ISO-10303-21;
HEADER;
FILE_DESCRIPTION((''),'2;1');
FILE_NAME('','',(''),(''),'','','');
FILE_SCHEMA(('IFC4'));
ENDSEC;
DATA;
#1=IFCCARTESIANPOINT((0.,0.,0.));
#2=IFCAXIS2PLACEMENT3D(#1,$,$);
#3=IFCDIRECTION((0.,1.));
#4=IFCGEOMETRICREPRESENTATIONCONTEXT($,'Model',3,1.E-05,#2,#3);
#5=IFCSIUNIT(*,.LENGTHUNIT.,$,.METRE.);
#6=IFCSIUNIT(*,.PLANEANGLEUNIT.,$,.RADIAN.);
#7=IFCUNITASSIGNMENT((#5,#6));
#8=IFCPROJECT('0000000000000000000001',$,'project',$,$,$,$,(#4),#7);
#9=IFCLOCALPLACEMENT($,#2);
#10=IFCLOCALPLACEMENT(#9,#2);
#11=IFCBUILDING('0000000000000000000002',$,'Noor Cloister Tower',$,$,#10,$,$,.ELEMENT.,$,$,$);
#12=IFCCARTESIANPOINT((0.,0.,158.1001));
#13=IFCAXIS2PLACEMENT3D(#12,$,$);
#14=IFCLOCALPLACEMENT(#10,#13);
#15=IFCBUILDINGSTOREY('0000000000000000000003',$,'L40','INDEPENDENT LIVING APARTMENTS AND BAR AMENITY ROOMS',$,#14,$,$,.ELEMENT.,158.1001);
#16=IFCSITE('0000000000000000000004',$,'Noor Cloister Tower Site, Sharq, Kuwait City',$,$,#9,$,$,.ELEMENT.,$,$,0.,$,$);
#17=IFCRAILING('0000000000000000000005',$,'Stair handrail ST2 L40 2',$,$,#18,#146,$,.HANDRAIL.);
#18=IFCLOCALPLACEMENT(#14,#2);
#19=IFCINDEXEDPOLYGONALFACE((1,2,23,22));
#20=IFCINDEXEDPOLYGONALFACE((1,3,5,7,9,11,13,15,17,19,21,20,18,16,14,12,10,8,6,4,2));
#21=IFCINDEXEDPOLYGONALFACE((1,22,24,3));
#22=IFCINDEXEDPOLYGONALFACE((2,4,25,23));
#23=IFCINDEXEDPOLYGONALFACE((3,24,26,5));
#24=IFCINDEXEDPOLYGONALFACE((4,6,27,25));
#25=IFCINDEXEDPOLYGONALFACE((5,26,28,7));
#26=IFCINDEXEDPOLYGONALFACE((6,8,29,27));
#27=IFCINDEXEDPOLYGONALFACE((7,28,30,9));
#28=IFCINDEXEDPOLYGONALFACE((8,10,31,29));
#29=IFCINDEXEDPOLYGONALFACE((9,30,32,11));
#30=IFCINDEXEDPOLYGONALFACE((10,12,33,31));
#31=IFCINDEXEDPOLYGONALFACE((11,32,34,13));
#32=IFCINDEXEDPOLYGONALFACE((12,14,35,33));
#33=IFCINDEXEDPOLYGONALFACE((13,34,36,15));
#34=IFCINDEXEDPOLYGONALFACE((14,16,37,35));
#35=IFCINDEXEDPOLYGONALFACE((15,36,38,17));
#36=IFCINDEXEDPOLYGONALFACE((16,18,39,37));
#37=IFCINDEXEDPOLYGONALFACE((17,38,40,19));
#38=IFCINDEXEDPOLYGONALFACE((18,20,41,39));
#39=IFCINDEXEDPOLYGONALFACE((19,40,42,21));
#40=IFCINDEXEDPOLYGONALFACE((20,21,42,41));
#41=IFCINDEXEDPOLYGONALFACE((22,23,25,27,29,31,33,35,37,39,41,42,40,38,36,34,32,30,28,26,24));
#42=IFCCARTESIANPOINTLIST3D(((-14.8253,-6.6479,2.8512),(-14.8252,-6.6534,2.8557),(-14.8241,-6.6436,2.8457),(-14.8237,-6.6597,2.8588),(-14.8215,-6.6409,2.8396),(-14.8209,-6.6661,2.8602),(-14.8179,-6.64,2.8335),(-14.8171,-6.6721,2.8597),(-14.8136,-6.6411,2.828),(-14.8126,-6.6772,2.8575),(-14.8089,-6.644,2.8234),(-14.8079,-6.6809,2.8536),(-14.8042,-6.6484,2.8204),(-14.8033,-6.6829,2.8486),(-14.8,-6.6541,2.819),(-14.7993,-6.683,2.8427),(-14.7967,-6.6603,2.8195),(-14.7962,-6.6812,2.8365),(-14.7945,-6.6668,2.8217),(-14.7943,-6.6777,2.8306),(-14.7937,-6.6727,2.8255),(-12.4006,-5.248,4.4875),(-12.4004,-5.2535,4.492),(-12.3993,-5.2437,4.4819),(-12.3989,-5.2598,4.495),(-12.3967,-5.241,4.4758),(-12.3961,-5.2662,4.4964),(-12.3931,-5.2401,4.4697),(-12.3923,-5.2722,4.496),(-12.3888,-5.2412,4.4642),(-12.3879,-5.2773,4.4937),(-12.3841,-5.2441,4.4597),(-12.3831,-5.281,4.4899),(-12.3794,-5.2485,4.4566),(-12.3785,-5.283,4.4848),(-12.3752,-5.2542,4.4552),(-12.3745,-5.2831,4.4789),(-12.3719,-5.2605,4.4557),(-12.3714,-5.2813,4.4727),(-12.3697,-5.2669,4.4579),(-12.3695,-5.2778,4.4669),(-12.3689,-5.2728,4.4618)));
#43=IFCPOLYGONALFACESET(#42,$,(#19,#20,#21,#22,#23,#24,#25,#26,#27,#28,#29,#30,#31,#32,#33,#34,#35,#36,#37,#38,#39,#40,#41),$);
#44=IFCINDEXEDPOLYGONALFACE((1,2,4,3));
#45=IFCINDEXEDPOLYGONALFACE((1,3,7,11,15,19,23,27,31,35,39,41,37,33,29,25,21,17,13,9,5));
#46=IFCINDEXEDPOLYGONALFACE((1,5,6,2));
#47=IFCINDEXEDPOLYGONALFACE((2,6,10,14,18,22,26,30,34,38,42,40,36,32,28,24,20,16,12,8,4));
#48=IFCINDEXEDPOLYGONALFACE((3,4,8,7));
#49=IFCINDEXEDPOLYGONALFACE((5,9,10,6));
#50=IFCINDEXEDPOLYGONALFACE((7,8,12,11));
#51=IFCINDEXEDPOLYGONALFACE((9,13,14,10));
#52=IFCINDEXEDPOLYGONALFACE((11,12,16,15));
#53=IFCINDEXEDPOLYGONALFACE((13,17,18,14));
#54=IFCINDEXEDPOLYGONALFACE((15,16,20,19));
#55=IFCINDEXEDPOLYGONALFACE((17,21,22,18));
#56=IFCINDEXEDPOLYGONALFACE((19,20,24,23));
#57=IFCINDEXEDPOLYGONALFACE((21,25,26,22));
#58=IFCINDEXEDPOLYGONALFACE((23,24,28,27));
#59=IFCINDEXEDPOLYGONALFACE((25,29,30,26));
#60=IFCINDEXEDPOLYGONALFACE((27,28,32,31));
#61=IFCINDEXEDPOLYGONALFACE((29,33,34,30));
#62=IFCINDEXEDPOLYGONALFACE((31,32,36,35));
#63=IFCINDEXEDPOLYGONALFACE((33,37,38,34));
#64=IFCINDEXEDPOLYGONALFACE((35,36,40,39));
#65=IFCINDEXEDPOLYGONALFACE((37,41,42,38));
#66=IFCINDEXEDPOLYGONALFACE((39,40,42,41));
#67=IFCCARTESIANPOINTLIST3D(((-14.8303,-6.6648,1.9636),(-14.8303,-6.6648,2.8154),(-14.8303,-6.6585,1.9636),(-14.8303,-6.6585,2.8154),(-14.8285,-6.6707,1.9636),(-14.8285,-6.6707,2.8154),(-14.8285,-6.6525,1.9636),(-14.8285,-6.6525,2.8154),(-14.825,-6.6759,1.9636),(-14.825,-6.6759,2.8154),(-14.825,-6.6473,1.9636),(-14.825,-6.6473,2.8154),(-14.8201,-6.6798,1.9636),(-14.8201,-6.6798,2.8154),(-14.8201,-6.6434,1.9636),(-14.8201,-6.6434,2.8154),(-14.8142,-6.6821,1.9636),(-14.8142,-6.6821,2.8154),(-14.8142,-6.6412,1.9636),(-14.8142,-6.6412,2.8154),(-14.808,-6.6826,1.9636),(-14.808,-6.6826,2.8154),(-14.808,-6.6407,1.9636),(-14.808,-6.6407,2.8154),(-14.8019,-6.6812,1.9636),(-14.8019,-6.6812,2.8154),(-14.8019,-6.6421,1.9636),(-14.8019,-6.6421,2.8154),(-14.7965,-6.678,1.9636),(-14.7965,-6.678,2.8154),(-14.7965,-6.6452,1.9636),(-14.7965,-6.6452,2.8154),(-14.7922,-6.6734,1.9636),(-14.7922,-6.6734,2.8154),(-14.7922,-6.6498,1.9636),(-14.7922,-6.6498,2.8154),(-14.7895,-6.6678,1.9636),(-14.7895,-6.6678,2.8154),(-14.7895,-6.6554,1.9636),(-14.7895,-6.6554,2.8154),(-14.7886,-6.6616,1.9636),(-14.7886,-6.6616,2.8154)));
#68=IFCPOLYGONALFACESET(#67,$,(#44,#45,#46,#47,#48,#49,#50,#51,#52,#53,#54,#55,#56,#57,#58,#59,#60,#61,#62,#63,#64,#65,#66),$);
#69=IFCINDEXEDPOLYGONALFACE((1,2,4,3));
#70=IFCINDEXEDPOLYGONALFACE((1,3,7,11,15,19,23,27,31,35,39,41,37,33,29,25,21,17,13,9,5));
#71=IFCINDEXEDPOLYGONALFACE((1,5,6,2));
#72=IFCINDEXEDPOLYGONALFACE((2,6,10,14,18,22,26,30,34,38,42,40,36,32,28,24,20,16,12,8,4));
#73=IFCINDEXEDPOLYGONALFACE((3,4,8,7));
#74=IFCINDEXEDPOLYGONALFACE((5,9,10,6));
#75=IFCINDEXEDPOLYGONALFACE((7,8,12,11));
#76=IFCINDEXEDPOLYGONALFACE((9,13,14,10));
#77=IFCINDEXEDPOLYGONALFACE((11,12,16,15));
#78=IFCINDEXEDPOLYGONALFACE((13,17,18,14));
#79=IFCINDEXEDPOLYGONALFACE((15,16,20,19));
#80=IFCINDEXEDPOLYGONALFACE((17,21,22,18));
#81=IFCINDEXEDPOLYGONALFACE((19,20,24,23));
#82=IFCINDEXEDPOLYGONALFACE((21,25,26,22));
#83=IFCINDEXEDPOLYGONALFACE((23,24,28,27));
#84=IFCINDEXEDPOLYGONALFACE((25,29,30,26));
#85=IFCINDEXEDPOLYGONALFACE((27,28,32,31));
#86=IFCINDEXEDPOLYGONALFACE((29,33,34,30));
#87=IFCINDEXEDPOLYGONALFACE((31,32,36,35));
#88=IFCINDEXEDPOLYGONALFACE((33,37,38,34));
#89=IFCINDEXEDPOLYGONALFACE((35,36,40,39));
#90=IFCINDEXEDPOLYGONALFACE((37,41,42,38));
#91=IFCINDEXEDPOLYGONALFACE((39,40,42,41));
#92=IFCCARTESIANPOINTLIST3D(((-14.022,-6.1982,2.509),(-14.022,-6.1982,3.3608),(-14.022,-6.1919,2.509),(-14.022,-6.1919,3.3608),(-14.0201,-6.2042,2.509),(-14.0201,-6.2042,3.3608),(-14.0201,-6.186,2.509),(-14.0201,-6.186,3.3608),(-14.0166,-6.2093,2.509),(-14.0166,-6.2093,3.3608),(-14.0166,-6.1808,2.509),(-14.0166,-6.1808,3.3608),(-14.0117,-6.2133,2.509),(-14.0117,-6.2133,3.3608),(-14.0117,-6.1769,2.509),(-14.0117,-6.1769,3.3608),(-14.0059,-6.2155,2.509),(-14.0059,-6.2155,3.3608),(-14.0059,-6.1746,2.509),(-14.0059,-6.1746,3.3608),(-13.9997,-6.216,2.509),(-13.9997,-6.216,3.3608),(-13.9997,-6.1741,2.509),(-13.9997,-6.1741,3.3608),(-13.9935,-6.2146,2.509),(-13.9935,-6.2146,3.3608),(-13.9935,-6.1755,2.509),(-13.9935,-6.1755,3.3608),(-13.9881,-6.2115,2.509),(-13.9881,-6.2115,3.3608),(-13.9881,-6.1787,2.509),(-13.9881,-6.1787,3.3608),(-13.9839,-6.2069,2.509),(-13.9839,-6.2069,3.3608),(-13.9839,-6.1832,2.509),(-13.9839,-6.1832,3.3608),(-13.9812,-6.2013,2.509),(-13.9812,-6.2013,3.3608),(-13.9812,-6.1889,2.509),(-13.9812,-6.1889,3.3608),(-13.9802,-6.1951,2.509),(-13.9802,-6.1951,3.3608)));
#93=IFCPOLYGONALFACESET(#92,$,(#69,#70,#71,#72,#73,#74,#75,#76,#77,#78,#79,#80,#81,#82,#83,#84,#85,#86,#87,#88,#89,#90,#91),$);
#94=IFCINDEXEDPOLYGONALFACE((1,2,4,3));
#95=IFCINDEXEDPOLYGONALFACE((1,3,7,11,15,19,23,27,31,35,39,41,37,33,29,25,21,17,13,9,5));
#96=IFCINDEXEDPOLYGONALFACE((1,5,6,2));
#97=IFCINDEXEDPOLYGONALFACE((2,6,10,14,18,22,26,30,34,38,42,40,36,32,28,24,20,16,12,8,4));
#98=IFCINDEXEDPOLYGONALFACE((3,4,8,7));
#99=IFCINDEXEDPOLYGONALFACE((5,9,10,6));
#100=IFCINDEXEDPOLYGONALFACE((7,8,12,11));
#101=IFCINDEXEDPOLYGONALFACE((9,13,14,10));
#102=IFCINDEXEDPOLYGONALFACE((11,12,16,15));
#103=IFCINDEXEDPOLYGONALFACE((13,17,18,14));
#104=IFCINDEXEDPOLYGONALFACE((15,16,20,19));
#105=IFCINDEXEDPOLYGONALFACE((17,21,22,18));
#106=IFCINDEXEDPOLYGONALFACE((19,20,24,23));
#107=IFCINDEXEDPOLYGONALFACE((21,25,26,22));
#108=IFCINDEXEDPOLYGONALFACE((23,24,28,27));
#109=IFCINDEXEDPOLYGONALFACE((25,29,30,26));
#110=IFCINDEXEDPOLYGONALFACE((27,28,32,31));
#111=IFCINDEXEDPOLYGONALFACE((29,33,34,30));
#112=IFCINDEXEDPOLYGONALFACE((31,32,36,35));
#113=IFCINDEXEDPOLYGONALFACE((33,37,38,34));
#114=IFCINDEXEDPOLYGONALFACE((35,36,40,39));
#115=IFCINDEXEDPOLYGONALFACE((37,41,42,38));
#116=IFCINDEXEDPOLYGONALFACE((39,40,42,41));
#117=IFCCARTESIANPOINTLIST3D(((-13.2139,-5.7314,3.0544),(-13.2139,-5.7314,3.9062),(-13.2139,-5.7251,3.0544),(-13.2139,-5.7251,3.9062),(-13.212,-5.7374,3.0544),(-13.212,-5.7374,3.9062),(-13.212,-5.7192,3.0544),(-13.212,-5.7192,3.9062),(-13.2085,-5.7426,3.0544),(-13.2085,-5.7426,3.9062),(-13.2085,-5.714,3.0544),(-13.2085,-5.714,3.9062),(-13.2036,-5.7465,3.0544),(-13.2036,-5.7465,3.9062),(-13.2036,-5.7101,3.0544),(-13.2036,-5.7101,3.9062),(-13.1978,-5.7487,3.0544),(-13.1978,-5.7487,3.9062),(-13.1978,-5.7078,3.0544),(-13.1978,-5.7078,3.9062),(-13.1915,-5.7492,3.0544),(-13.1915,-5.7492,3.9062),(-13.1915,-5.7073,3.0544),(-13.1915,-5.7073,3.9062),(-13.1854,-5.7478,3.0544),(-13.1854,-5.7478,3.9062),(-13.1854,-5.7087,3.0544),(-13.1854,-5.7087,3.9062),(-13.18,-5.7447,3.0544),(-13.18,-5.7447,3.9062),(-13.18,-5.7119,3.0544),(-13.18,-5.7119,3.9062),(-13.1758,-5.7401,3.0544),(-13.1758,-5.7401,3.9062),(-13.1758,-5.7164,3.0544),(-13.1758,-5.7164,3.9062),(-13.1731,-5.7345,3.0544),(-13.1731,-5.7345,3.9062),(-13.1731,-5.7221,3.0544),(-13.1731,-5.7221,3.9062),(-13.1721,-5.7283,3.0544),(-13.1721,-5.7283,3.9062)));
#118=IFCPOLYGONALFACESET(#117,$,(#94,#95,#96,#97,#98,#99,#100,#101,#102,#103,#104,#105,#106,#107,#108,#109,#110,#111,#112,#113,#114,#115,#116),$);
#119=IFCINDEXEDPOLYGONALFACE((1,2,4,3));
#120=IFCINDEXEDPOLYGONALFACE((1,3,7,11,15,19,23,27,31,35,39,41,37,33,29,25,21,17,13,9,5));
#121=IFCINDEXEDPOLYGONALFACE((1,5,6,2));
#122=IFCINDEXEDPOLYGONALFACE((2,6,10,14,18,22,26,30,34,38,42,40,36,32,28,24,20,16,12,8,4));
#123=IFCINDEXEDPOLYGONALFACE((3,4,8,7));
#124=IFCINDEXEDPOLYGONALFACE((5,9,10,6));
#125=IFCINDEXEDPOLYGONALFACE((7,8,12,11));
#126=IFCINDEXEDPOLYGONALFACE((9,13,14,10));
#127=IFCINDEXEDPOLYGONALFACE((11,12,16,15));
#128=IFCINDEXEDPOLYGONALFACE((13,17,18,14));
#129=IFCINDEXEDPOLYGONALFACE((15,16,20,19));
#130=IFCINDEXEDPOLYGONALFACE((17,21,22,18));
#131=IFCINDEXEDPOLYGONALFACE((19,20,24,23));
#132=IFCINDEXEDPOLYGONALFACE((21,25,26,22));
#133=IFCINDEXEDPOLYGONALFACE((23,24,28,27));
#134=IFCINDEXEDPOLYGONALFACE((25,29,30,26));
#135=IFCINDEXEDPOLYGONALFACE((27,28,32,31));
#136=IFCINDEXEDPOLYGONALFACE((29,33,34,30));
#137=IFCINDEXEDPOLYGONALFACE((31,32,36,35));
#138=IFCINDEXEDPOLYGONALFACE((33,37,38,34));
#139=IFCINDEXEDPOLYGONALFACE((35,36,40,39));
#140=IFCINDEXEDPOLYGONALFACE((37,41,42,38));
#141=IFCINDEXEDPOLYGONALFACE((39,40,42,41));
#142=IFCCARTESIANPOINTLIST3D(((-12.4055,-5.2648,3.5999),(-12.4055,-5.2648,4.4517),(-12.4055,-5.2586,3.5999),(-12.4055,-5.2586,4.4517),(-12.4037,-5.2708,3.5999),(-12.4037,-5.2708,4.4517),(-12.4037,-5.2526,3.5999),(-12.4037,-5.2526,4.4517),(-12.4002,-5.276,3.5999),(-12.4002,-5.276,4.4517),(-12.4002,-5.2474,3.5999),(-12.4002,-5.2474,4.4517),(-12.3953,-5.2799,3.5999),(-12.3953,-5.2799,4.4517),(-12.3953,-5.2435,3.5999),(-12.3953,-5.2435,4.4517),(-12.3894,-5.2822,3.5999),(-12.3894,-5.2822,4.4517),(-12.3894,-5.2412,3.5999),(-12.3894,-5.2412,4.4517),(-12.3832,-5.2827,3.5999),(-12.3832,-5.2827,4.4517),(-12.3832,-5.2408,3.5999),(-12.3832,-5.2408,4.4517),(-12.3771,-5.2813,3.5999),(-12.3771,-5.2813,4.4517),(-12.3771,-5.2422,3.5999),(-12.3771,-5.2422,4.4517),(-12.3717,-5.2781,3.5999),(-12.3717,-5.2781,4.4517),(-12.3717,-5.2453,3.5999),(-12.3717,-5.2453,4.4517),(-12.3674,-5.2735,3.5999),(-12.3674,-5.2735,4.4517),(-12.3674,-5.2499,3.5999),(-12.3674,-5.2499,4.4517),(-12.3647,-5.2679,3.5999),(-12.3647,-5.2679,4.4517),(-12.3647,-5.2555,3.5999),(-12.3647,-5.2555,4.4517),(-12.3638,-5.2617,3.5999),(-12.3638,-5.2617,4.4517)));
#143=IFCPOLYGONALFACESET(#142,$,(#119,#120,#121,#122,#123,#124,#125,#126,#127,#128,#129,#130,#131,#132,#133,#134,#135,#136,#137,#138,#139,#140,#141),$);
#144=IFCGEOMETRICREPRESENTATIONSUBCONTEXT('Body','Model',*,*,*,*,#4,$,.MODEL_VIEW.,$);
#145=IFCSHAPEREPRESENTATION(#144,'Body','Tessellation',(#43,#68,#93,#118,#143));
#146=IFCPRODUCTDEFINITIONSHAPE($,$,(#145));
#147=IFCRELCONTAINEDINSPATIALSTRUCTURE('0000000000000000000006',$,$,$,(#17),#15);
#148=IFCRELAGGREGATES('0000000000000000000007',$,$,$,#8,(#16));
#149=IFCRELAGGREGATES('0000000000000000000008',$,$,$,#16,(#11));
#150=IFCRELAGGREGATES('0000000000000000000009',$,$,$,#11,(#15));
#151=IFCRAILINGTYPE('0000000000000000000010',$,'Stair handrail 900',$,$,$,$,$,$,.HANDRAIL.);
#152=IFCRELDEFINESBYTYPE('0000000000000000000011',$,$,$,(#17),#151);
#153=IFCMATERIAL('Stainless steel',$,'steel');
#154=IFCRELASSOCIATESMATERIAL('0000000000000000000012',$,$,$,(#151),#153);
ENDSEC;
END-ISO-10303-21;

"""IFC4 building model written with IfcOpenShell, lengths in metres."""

from ifc_helpers import new_model, si_unit, direction, frame, origin, origin_2d, place, context, subcontext, project, spatial, circle, extrude, material, type_object, element, save


model = new_model("IFC4")

# Units and contexts
model_context = context("Model", 3, precision=1e-05, world=origin(), true_north=direction((0.0, 1.0)))
body_context = subcontext(model_context, "Body", "Model", "MODEL_VIEW")
ifc_project = project(units=[si_unit("LENGTHUNIT", "METRE"), si_unit("PLANEANGLEUNIT", "RADIAN")], contexts=[model_context])

# Site, building, storey
site_placement = place(None, origin())
site = spatial("IfcSite", under=ifc_project, at=site_placement, Name="Noor Cloister Tower Site, Sharq, Kuwait City", CompositionType="ELEMENT", RefElevation=0.0)
building_placement = place(site_placement, origin())
building = spatial("IfcBuilding", under=site, at=building_placement, Name="Noor Cloister Tower", CompositionType="ELEMENT")
storey_placement = place(building_placement, frame((0.0, 0.0, 158.1001)))
storey = spatial("IfcBuildingStorey", under=building, at=storey_placement, Name="L40", Description="INDEPENDENT LIVING APARTMENTS AND BAR AMENITY ROOMS", CompositionType="ELEMENT", Elevation=158.1001)

# Railing
ifc_material_1 = material(Name="Stainless steel", Category="steel")
railing_type_1 = type_object("IfcRailingType", Name="Stair handrail 900", PredefinedType="HANDRAIL", material=ifc_material_1)
railing_1_placement = place(storey_placement, frame((-14.8096, -6.6616, 1.9636)))
element("IfcRailing", 1, at=railing_1_placement, inside=storey, type_object=railing_type_1, Name="Stair handrail ST2 L40 2", PredefinedType="HANDRAIL", context=body_context, shape_type="SweptSolid", body=[
    extrude(circle(Radius=0.0239, at=origin_2d()), frame((0.0, 0.0, 0.876), z_axis=(0.747718, 0.431677, 0.504552), x_axis=(-0.499984, 0.866035, 0.0)), (0.0, 0.0, 1.0), 3.2429),
    extrude(circle(Radius=0.021, at=origin_2d()), origin(), (0.0, 0.0, 1.0), 0.8518),
    extrude(circle(Radius=0.021, at=origin_2d()), frame((0.8083, 0.4666, 0.5454)), (0.0, 0.0, 1.0), 0.8518),
    extrude(circle(Radius=0.021, at=origin_2d()), frame((1.6165, 0.9333, 1.0908)), (0.0, 0.0, 1.0), 0.8518),
    extrude(circle(Radius=0.021, at=origin_2d()), frame((2.4248, 1.3999, 1.6362)), (0.0, 0.0, 1.0), 0.8518),
])

save(model, "model.ifc")
